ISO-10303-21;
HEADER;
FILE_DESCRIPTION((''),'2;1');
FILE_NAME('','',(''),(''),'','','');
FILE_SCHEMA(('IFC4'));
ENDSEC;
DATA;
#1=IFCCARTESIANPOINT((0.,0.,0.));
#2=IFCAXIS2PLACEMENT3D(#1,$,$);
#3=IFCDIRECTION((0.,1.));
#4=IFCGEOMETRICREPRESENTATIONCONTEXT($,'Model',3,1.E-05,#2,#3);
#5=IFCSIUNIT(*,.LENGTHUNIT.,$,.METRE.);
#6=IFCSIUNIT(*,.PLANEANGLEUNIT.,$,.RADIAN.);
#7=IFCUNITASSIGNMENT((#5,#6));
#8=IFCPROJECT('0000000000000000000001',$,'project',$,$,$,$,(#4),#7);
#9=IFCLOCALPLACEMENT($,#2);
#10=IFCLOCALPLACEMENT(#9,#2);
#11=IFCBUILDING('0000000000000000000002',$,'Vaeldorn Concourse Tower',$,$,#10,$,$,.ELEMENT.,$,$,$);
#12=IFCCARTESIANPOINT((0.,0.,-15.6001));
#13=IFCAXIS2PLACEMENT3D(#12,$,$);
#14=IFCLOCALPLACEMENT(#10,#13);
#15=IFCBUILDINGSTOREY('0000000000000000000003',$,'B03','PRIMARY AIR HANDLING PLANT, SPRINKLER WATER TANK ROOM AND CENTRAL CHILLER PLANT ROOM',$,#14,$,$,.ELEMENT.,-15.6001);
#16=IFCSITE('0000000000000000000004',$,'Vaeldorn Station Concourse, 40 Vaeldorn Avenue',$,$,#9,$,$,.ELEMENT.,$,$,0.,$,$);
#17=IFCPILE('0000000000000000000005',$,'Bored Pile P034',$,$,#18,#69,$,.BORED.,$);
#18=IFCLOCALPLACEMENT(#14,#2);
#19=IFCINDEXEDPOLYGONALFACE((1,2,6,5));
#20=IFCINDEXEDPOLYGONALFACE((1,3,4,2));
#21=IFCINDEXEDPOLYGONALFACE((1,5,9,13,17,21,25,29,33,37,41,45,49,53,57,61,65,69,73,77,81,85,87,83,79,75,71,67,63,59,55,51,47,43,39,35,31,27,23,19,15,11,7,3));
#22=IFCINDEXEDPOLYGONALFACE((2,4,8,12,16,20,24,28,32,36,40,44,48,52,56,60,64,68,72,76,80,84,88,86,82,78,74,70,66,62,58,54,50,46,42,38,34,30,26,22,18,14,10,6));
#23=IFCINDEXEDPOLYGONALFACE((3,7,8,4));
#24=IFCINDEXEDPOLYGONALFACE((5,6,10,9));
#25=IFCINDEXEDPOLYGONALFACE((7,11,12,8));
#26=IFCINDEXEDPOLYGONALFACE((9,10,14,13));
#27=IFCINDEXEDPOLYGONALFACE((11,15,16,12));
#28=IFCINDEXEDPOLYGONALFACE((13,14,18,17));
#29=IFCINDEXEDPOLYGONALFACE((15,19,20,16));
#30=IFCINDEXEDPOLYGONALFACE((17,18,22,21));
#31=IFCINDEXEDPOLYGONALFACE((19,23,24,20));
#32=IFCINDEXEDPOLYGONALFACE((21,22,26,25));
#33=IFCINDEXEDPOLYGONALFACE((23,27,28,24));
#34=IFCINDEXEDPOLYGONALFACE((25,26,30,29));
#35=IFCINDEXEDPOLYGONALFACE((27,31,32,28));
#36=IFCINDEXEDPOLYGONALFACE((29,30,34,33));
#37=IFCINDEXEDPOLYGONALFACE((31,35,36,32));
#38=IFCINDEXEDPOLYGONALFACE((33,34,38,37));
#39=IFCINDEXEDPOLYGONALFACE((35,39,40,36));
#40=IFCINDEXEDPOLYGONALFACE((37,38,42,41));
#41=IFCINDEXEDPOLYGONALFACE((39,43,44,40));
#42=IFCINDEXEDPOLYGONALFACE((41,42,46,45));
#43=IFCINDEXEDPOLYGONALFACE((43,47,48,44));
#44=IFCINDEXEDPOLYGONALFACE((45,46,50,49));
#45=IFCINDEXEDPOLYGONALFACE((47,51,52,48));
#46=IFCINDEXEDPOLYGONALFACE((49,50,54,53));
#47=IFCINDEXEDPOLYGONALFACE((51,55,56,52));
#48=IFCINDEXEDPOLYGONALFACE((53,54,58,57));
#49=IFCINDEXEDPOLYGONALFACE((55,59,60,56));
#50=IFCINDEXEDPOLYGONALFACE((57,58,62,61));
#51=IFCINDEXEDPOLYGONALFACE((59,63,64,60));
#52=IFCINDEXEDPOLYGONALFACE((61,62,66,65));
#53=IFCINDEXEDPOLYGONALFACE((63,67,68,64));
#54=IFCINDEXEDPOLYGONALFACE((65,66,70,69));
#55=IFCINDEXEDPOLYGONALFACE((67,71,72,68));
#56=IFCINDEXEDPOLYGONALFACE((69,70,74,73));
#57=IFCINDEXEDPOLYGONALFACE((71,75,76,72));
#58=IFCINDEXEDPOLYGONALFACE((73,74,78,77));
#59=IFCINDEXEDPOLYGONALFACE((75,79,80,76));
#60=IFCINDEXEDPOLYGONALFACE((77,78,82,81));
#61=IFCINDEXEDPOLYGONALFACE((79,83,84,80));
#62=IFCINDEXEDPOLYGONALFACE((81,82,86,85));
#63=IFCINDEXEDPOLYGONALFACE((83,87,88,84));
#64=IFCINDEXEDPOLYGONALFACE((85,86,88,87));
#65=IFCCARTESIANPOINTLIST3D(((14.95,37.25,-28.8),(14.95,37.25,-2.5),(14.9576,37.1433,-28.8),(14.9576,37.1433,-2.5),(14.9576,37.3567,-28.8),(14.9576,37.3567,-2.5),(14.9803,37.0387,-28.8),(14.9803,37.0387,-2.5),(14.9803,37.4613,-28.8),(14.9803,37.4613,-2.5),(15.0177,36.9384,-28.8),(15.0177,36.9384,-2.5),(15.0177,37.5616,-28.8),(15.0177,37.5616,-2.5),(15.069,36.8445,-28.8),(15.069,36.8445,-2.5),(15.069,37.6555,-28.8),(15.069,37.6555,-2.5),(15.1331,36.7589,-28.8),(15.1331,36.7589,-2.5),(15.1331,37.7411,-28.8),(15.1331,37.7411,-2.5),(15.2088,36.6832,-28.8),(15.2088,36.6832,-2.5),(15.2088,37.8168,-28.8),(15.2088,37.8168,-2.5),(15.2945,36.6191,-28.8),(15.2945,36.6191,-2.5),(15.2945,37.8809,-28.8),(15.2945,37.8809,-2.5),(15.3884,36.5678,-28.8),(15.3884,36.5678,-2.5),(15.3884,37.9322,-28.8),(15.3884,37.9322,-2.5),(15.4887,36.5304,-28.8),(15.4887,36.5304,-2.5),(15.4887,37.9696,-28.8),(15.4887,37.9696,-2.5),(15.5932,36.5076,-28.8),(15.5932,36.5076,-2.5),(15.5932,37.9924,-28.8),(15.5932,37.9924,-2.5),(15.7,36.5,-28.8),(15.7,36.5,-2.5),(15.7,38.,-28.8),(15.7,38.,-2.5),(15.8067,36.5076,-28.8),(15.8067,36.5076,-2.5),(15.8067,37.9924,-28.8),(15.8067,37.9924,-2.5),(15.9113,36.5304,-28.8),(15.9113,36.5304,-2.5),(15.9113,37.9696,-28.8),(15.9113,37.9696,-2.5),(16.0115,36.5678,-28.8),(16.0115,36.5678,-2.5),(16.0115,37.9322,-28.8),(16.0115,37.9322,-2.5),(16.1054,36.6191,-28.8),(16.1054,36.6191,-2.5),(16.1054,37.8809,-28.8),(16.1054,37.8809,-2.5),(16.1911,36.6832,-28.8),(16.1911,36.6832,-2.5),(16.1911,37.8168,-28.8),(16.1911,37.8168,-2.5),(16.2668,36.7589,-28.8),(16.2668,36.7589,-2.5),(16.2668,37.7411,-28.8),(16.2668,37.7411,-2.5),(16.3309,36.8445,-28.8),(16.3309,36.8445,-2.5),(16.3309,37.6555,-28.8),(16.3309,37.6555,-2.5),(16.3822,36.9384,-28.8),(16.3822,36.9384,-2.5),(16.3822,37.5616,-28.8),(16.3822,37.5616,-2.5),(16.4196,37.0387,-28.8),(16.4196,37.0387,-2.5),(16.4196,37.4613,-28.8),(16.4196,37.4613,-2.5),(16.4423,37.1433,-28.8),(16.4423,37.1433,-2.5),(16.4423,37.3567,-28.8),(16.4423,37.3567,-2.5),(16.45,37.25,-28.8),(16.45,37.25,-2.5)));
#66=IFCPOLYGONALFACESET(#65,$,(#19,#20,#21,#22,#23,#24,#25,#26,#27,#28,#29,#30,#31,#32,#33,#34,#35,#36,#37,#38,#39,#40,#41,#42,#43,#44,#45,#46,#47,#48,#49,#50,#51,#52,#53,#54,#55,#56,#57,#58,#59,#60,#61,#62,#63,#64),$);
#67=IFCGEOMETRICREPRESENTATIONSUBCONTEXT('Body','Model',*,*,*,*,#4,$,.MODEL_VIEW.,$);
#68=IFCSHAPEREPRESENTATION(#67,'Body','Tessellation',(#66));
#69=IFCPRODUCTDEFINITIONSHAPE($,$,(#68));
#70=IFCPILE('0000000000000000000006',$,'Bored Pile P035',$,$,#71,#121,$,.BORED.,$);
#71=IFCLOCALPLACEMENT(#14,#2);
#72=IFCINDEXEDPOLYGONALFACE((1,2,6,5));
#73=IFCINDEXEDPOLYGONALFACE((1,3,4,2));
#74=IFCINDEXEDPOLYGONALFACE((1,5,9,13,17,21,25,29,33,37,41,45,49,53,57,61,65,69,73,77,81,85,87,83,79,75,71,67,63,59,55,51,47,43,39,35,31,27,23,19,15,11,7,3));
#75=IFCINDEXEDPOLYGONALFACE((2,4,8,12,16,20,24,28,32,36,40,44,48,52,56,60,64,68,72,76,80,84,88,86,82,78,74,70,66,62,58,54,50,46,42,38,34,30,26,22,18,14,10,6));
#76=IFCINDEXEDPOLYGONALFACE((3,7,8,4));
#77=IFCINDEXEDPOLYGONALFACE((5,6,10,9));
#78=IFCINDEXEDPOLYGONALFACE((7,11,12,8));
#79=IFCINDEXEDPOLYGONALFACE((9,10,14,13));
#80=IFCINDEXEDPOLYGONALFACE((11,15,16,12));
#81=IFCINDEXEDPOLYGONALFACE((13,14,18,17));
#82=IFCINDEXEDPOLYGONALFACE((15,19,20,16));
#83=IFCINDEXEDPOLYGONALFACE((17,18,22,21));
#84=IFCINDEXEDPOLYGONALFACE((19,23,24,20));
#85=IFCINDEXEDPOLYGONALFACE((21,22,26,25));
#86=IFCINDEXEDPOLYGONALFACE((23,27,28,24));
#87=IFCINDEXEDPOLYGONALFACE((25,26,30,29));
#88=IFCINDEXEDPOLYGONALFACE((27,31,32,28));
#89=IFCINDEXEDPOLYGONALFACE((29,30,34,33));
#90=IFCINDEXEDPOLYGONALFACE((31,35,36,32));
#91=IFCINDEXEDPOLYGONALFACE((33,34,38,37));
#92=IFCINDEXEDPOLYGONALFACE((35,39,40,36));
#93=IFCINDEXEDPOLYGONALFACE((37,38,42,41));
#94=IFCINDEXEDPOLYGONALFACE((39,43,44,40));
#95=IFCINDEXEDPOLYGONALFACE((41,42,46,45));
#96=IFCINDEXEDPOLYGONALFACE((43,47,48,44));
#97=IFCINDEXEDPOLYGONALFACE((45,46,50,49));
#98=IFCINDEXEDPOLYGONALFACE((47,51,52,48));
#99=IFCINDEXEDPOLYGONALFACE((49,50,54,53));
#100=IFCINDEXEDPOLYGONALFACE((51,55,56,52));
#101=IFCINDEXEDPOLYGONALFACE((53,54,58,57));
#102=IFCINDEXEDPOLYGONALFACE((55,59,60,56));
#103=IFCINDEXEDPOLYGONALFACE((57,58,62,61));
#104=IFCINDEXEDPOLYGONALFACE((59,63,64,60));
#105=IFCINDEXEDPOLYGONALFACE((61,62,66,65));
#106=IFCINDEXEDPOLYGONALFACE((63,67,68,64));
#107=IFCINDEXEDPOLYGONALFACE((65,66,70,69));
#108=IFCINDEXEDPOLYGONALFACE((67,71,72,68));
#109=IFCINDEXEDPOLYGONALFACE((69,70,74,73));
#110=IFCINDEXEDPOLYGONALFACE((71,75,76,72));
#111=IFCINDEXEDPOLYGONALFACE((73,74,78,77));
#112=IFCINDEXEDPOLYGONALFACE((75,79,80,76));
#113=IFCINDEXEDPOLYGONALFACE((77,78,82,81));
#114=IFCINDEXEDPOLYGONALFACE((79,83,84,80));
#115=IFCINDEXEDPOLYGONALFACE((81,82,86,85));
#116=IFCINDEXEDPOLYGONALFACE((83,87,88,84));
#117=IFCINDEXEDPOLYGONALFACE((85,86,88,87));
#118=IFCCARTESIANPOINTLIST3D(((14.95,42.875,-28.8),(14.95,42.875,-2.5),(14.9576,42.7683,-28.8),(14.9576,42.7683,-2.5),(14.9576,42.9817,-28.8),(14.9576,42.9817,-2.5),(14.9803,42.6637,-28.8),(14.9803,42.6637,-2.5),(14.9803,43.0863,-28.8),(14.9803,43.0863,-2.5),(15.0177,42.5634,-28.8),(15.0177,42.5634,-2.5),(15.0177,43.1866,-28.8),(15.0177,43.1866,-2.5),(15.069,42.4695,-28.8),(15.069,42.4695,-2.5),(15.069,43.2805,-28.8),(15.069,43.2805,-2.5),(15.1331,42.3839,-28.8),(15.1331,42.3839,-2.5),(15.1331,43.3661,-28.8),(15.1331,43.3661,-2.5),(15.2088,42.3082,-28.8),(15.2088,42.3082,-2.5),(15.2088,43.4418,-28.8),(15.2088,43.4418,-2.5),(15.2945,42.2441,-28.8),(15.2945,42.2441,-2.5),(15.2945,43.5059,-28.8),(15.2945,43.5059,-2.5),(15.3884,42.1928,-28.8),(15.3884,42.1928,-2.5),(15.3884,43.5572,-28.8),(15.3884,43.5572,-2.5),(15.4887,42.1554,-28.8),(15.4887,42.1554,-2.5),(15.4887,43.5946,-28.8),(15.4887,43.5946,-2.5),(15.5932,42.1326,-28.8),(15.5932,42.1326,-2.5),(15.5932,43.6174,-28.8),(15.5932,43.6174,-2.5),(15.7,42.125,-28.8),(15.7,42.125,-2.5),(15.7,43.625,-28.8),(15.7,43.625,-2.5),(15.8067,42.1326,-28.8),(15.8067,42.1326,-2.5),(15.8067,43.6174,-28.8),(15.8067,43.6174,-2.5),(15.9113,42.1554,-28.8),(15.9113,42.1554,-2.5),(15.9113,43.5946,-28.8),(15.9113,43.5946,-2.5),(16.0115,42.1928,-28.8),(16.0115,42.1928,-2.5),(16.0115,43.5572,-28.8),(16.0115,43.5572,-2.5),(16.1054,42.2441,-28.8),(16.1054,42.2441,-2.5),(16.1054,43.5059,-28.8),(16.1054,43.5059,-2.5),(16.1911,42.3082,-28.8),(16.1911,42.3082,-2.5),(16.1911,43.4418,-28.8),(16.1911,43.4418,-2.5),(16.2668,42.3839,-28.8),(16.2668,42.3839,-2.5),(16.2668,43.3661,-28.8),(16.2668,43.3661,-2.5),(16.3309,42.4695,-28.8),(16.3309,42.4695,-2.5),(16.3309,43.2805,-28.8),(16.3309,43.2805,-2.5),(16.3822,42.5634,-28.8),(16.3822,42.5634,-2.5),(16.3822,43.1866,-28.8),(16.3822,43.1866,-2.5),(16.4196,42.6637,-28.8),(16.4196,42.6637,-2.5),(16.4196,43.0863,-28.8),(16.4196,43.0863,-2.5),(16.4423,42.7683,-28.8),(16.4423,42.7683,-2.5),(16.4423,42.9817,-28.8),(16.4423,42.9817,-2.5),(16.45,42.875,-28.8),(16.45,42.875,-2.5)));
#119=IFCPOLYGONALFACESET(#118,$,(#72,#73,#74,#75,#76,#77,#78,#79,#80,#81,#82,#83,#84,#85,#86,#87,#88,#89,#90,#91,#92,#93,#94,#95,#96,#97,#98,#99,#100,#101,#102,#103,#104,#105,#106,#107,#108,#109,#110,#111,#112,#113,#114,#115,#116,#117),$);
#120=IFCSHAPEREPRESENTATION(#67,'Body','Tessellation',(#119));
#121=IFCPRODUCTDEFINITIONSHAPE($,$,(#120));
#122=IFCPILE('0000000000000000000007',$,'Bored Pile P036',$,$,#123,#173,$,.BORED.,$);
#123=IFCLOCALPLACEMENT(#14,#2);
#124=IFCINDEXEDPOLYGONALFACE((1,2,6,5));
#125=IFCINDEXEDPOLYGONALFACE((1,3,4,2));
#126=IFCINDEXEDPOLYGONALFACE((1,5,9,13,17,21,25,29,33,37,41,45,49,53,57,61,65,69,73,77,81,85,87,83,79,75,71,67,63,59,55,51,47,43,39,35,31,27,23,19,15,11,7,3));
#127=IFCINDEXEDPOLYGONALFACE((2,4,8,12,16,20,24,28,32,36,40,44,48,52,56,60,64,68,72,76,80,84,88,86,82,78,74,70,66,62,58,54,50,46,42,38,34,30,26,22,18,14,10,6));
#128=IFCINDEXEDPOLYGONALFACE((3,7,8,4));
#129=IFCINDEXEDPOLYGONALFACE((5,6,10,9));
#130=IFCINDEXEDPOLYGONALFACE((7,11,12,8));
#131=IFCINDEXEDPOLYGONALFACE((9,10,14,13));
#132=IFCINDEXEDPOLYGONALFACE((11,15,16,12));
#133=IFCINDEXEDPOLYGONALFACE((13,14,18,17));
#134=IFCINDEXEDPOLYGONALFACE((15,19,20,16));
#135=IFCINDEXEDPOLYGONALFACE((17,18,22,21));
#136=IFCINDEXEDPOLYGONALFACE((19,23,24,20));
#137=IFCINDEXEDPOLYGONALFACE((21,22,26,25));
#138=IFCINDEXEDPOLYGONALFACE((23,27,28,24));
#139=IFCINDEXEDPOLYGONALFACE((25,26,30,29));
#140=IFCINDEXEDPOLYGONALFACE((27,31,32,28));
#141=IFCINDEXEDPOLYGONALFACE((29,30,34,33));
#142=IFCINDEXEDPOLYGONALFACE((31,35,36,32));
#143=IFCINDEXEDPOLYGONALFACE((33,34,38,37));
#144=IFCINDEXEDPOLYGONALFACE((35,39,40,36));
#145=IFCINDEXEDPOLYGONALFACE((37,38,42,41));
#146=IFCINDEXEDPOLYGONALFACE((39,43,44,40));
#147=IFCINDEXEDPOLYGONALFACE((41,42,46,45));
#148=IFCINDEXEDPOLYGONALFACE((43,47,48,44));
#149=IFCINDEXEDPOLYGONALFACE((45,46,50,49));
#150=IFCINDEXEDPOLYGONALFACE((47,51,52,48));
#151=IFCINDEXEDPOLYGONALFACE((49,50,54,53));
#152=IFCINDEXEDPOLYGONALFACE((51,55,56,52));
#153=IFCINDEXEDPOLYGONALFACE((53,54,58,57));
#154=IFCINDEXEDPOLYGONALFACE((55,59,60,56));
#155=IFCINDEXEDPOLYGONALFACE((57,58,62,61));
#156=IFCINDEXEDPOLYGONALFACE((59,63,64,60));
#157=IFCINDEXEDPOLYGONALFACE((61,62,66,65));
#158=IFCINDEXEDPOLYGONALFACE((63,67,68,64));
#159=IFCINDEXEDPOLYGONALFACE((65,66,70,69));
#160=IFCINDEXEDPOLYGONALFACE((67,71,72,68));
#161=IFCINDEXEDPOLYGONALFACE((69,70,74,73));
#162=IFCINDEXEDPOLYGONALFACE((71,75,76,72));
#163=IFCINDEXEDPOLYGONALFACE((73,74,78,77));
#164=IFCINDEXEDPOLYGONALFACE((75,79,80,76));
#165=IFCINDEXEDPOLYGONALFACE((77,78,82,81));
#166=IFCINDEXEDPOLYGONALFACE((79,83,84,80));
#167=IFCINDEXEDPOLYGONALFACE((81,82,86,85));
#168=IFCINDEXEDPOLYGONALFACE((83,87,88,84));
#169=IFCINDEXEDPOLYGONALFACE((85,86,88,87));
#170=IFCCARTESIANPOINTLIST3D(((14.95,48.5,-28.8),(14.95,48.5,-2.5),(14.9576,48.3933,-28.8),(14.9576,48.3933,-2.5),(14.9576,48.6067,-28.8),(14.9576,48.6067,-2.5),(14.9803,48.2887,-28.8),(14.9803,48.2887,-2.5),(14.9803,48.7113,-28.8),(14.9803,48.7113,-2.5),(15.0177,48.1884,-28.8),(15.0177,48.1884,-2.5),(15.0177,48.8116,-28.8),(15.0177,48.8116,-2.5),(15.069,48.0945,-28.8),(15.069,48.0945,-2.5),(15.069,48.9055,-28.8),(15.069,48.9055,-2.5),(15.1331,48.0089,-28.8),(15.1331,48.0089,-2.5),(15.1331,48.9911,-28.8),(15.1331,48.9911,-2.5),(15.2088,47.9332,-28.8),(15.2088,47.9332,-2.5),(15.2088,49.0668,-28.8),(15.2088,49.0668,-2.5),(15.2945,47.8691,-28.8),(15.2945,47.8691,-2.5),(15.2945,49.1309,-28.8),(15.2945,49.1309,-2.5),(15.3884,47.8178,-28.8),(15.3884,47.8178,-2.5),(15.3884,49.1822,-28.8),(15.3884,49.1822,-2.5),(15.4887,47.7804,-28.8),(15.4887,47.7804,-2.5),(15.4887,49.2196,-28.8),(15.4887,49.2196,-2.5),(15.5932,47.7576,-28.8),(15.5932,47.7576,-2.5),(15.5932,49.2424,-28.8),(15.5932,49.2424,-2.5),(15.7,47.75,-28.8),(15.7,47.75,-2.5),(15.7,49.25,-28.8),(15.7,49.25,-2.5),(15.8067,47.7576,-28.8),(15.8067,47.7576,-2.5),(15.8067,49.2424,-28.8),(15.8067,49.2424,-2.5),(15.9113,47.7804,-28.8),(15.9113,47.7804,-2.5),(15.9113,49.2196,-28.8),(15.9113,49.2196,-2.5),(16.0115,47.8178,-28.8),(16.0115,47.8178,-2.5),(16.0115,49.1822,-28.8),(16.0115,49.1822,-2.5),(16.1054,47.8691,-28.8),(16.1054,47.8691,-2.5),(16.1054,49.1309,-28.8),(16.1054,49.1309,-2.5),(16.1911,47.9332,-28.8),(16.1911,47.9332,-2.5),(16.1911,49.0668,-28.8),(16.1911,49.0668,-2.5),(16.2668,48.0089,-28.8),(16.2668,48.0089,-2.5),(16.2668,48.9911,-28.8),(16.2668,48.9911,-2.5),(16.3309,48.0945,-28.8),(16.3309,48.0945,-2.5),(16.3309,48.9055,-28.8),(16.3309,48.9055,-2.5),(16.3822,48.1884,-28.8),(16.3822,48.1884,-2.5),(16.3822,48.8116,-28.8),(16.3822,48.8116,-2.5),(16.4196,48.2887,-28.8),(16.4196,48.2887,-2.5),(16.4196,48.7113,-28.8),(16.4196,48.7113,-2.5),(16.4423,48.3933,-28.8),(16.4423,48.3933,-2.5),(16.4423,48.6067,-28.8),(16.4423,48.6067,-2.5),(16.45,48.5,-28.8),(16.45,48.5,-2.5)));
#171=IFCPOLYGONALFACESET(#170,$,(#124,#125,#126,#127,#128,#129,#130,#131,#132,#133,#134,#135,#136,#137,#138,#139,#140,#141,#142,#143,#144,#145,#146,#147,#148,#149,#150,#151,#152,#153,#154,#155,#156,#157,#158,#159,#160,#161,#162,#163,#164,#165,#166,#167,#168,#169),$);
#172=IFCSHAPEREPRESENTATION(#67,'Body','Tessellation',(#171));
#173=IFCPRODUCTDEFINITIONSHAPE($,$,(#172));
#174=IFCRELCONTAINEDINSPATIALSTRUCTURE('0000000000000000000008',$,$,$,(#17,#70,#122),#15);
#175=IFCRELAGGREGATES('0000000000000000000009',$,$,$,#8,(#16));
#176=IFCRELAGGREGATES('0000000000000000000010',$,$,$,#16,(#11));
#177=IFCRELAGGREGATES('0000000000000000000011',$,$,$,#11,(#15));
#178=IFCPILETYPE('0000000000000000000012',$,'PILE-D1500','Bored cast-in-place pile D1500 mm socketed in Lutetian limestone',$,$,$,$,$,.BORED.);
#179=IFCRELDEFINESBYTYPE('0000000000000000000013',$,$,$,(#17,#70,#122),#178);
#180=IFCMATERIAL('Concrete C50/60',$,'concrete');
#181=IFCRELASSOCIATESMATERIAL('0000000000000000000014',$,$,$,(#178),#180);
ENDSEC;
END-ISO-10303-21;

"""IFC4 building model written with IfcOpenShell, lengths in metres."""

from ifc_helpers import new_model, si_unit, direction, frame, origin, origin_2d, place, context, subcontext, project, spatial, circle, extrude, material, material_profile, profile_set, type_object, element, save


model = new_model("IFC4")

# Units and contexts
model_context = context("Model", 3, precision=1e-05, world=origin(), true_north=direction((0.0, 1.0)))
body_context = subcontext(model_context, "Body", "Model", "MODEL_VIEW")
ifc_project = project(units=[si_unit("LENGTHUNIT", "METRE"), si_unit("PLANEANGLEUNIT", "RADIAN")], contexts=[model_context])

# Site, building, storey
site_placement = place(None, origin())
site = spatial("IfcSite", under=ifc_project, at=site_placement, Name="Vaeldorn Station Concourse, 40 Vaeldorn Avenue", CompositionType="ELEMENT", RefElevation=0.0)
building_placement = place(site_placement, origin())
building = spatial("IfcBuilding", under=site, at=building_placement, Name="Vaeldorn Concourse Tower", CompositionType="ELEMENT")
storey_placement = place(building_placement, frame((0.0, 0.0, -15.6001)))
storey = spatial("IfcBuildingStorey", under=building, at=storey_placement, Name="B03", Description="PRIMARY AIR HANDLING PLANT, SPRINKLER WATER TANK ROOM AND CENTRAL CHILLER PLANT ROOM", CompositionType="ELEMENT", Elevation=-15.6001)

# Piles
ifc_material_1 = material(Name="Concrete C50/60", Category="concrete")
ifc_material_profile = material_profile(ifc_material_1, circle(Radius=0.75, at=origin_2d()), Name="BORED PILE D1500")
ifc_profile_set = profile_set([ifc_material_profile], Name="Concrete C50/60")
pile_type = type_object("IfcPileType", Name="PILE-D1500", Description="Bored cast-in-place pile D1500 mm socketed in Lutetian limestone", PredefinedType="BORED", material=ifc_profile_set)
for number, where, z_axis, x_axis, name in (
    (1, (15.7, 37.25, -2.5), (0.0, 0.0, -1.0), (1.0, 0.0, 0.0), "Bored Pile P034"),
    (2, (15.7, 42.875, -2.5), (0.0, 0.0, -1.0), (1.0, 0.0, 0.0), "Bored Pile P035"),
    (3, (15.7, 48.5, -2.5), (0.0, 0.0, -1.0), (1.0, 0.0, 0.0), "Bored Pile P036"),
):
    element("IfcPile", number, at=place(storey_placement, frame(where, z_axis=z_axis, x_axis=x_axis)), inside=storey, type_object=pile_type, Name=name, PredefinedType="BORED", context=body_context, shape_type="SweptSolid", body=[
        extrude(circle(Radius=0.75, at=origin_2d()), origin(), (0.0, 0.0, 1.0), 26.3),
    ])

save(model, "model.ifc")
